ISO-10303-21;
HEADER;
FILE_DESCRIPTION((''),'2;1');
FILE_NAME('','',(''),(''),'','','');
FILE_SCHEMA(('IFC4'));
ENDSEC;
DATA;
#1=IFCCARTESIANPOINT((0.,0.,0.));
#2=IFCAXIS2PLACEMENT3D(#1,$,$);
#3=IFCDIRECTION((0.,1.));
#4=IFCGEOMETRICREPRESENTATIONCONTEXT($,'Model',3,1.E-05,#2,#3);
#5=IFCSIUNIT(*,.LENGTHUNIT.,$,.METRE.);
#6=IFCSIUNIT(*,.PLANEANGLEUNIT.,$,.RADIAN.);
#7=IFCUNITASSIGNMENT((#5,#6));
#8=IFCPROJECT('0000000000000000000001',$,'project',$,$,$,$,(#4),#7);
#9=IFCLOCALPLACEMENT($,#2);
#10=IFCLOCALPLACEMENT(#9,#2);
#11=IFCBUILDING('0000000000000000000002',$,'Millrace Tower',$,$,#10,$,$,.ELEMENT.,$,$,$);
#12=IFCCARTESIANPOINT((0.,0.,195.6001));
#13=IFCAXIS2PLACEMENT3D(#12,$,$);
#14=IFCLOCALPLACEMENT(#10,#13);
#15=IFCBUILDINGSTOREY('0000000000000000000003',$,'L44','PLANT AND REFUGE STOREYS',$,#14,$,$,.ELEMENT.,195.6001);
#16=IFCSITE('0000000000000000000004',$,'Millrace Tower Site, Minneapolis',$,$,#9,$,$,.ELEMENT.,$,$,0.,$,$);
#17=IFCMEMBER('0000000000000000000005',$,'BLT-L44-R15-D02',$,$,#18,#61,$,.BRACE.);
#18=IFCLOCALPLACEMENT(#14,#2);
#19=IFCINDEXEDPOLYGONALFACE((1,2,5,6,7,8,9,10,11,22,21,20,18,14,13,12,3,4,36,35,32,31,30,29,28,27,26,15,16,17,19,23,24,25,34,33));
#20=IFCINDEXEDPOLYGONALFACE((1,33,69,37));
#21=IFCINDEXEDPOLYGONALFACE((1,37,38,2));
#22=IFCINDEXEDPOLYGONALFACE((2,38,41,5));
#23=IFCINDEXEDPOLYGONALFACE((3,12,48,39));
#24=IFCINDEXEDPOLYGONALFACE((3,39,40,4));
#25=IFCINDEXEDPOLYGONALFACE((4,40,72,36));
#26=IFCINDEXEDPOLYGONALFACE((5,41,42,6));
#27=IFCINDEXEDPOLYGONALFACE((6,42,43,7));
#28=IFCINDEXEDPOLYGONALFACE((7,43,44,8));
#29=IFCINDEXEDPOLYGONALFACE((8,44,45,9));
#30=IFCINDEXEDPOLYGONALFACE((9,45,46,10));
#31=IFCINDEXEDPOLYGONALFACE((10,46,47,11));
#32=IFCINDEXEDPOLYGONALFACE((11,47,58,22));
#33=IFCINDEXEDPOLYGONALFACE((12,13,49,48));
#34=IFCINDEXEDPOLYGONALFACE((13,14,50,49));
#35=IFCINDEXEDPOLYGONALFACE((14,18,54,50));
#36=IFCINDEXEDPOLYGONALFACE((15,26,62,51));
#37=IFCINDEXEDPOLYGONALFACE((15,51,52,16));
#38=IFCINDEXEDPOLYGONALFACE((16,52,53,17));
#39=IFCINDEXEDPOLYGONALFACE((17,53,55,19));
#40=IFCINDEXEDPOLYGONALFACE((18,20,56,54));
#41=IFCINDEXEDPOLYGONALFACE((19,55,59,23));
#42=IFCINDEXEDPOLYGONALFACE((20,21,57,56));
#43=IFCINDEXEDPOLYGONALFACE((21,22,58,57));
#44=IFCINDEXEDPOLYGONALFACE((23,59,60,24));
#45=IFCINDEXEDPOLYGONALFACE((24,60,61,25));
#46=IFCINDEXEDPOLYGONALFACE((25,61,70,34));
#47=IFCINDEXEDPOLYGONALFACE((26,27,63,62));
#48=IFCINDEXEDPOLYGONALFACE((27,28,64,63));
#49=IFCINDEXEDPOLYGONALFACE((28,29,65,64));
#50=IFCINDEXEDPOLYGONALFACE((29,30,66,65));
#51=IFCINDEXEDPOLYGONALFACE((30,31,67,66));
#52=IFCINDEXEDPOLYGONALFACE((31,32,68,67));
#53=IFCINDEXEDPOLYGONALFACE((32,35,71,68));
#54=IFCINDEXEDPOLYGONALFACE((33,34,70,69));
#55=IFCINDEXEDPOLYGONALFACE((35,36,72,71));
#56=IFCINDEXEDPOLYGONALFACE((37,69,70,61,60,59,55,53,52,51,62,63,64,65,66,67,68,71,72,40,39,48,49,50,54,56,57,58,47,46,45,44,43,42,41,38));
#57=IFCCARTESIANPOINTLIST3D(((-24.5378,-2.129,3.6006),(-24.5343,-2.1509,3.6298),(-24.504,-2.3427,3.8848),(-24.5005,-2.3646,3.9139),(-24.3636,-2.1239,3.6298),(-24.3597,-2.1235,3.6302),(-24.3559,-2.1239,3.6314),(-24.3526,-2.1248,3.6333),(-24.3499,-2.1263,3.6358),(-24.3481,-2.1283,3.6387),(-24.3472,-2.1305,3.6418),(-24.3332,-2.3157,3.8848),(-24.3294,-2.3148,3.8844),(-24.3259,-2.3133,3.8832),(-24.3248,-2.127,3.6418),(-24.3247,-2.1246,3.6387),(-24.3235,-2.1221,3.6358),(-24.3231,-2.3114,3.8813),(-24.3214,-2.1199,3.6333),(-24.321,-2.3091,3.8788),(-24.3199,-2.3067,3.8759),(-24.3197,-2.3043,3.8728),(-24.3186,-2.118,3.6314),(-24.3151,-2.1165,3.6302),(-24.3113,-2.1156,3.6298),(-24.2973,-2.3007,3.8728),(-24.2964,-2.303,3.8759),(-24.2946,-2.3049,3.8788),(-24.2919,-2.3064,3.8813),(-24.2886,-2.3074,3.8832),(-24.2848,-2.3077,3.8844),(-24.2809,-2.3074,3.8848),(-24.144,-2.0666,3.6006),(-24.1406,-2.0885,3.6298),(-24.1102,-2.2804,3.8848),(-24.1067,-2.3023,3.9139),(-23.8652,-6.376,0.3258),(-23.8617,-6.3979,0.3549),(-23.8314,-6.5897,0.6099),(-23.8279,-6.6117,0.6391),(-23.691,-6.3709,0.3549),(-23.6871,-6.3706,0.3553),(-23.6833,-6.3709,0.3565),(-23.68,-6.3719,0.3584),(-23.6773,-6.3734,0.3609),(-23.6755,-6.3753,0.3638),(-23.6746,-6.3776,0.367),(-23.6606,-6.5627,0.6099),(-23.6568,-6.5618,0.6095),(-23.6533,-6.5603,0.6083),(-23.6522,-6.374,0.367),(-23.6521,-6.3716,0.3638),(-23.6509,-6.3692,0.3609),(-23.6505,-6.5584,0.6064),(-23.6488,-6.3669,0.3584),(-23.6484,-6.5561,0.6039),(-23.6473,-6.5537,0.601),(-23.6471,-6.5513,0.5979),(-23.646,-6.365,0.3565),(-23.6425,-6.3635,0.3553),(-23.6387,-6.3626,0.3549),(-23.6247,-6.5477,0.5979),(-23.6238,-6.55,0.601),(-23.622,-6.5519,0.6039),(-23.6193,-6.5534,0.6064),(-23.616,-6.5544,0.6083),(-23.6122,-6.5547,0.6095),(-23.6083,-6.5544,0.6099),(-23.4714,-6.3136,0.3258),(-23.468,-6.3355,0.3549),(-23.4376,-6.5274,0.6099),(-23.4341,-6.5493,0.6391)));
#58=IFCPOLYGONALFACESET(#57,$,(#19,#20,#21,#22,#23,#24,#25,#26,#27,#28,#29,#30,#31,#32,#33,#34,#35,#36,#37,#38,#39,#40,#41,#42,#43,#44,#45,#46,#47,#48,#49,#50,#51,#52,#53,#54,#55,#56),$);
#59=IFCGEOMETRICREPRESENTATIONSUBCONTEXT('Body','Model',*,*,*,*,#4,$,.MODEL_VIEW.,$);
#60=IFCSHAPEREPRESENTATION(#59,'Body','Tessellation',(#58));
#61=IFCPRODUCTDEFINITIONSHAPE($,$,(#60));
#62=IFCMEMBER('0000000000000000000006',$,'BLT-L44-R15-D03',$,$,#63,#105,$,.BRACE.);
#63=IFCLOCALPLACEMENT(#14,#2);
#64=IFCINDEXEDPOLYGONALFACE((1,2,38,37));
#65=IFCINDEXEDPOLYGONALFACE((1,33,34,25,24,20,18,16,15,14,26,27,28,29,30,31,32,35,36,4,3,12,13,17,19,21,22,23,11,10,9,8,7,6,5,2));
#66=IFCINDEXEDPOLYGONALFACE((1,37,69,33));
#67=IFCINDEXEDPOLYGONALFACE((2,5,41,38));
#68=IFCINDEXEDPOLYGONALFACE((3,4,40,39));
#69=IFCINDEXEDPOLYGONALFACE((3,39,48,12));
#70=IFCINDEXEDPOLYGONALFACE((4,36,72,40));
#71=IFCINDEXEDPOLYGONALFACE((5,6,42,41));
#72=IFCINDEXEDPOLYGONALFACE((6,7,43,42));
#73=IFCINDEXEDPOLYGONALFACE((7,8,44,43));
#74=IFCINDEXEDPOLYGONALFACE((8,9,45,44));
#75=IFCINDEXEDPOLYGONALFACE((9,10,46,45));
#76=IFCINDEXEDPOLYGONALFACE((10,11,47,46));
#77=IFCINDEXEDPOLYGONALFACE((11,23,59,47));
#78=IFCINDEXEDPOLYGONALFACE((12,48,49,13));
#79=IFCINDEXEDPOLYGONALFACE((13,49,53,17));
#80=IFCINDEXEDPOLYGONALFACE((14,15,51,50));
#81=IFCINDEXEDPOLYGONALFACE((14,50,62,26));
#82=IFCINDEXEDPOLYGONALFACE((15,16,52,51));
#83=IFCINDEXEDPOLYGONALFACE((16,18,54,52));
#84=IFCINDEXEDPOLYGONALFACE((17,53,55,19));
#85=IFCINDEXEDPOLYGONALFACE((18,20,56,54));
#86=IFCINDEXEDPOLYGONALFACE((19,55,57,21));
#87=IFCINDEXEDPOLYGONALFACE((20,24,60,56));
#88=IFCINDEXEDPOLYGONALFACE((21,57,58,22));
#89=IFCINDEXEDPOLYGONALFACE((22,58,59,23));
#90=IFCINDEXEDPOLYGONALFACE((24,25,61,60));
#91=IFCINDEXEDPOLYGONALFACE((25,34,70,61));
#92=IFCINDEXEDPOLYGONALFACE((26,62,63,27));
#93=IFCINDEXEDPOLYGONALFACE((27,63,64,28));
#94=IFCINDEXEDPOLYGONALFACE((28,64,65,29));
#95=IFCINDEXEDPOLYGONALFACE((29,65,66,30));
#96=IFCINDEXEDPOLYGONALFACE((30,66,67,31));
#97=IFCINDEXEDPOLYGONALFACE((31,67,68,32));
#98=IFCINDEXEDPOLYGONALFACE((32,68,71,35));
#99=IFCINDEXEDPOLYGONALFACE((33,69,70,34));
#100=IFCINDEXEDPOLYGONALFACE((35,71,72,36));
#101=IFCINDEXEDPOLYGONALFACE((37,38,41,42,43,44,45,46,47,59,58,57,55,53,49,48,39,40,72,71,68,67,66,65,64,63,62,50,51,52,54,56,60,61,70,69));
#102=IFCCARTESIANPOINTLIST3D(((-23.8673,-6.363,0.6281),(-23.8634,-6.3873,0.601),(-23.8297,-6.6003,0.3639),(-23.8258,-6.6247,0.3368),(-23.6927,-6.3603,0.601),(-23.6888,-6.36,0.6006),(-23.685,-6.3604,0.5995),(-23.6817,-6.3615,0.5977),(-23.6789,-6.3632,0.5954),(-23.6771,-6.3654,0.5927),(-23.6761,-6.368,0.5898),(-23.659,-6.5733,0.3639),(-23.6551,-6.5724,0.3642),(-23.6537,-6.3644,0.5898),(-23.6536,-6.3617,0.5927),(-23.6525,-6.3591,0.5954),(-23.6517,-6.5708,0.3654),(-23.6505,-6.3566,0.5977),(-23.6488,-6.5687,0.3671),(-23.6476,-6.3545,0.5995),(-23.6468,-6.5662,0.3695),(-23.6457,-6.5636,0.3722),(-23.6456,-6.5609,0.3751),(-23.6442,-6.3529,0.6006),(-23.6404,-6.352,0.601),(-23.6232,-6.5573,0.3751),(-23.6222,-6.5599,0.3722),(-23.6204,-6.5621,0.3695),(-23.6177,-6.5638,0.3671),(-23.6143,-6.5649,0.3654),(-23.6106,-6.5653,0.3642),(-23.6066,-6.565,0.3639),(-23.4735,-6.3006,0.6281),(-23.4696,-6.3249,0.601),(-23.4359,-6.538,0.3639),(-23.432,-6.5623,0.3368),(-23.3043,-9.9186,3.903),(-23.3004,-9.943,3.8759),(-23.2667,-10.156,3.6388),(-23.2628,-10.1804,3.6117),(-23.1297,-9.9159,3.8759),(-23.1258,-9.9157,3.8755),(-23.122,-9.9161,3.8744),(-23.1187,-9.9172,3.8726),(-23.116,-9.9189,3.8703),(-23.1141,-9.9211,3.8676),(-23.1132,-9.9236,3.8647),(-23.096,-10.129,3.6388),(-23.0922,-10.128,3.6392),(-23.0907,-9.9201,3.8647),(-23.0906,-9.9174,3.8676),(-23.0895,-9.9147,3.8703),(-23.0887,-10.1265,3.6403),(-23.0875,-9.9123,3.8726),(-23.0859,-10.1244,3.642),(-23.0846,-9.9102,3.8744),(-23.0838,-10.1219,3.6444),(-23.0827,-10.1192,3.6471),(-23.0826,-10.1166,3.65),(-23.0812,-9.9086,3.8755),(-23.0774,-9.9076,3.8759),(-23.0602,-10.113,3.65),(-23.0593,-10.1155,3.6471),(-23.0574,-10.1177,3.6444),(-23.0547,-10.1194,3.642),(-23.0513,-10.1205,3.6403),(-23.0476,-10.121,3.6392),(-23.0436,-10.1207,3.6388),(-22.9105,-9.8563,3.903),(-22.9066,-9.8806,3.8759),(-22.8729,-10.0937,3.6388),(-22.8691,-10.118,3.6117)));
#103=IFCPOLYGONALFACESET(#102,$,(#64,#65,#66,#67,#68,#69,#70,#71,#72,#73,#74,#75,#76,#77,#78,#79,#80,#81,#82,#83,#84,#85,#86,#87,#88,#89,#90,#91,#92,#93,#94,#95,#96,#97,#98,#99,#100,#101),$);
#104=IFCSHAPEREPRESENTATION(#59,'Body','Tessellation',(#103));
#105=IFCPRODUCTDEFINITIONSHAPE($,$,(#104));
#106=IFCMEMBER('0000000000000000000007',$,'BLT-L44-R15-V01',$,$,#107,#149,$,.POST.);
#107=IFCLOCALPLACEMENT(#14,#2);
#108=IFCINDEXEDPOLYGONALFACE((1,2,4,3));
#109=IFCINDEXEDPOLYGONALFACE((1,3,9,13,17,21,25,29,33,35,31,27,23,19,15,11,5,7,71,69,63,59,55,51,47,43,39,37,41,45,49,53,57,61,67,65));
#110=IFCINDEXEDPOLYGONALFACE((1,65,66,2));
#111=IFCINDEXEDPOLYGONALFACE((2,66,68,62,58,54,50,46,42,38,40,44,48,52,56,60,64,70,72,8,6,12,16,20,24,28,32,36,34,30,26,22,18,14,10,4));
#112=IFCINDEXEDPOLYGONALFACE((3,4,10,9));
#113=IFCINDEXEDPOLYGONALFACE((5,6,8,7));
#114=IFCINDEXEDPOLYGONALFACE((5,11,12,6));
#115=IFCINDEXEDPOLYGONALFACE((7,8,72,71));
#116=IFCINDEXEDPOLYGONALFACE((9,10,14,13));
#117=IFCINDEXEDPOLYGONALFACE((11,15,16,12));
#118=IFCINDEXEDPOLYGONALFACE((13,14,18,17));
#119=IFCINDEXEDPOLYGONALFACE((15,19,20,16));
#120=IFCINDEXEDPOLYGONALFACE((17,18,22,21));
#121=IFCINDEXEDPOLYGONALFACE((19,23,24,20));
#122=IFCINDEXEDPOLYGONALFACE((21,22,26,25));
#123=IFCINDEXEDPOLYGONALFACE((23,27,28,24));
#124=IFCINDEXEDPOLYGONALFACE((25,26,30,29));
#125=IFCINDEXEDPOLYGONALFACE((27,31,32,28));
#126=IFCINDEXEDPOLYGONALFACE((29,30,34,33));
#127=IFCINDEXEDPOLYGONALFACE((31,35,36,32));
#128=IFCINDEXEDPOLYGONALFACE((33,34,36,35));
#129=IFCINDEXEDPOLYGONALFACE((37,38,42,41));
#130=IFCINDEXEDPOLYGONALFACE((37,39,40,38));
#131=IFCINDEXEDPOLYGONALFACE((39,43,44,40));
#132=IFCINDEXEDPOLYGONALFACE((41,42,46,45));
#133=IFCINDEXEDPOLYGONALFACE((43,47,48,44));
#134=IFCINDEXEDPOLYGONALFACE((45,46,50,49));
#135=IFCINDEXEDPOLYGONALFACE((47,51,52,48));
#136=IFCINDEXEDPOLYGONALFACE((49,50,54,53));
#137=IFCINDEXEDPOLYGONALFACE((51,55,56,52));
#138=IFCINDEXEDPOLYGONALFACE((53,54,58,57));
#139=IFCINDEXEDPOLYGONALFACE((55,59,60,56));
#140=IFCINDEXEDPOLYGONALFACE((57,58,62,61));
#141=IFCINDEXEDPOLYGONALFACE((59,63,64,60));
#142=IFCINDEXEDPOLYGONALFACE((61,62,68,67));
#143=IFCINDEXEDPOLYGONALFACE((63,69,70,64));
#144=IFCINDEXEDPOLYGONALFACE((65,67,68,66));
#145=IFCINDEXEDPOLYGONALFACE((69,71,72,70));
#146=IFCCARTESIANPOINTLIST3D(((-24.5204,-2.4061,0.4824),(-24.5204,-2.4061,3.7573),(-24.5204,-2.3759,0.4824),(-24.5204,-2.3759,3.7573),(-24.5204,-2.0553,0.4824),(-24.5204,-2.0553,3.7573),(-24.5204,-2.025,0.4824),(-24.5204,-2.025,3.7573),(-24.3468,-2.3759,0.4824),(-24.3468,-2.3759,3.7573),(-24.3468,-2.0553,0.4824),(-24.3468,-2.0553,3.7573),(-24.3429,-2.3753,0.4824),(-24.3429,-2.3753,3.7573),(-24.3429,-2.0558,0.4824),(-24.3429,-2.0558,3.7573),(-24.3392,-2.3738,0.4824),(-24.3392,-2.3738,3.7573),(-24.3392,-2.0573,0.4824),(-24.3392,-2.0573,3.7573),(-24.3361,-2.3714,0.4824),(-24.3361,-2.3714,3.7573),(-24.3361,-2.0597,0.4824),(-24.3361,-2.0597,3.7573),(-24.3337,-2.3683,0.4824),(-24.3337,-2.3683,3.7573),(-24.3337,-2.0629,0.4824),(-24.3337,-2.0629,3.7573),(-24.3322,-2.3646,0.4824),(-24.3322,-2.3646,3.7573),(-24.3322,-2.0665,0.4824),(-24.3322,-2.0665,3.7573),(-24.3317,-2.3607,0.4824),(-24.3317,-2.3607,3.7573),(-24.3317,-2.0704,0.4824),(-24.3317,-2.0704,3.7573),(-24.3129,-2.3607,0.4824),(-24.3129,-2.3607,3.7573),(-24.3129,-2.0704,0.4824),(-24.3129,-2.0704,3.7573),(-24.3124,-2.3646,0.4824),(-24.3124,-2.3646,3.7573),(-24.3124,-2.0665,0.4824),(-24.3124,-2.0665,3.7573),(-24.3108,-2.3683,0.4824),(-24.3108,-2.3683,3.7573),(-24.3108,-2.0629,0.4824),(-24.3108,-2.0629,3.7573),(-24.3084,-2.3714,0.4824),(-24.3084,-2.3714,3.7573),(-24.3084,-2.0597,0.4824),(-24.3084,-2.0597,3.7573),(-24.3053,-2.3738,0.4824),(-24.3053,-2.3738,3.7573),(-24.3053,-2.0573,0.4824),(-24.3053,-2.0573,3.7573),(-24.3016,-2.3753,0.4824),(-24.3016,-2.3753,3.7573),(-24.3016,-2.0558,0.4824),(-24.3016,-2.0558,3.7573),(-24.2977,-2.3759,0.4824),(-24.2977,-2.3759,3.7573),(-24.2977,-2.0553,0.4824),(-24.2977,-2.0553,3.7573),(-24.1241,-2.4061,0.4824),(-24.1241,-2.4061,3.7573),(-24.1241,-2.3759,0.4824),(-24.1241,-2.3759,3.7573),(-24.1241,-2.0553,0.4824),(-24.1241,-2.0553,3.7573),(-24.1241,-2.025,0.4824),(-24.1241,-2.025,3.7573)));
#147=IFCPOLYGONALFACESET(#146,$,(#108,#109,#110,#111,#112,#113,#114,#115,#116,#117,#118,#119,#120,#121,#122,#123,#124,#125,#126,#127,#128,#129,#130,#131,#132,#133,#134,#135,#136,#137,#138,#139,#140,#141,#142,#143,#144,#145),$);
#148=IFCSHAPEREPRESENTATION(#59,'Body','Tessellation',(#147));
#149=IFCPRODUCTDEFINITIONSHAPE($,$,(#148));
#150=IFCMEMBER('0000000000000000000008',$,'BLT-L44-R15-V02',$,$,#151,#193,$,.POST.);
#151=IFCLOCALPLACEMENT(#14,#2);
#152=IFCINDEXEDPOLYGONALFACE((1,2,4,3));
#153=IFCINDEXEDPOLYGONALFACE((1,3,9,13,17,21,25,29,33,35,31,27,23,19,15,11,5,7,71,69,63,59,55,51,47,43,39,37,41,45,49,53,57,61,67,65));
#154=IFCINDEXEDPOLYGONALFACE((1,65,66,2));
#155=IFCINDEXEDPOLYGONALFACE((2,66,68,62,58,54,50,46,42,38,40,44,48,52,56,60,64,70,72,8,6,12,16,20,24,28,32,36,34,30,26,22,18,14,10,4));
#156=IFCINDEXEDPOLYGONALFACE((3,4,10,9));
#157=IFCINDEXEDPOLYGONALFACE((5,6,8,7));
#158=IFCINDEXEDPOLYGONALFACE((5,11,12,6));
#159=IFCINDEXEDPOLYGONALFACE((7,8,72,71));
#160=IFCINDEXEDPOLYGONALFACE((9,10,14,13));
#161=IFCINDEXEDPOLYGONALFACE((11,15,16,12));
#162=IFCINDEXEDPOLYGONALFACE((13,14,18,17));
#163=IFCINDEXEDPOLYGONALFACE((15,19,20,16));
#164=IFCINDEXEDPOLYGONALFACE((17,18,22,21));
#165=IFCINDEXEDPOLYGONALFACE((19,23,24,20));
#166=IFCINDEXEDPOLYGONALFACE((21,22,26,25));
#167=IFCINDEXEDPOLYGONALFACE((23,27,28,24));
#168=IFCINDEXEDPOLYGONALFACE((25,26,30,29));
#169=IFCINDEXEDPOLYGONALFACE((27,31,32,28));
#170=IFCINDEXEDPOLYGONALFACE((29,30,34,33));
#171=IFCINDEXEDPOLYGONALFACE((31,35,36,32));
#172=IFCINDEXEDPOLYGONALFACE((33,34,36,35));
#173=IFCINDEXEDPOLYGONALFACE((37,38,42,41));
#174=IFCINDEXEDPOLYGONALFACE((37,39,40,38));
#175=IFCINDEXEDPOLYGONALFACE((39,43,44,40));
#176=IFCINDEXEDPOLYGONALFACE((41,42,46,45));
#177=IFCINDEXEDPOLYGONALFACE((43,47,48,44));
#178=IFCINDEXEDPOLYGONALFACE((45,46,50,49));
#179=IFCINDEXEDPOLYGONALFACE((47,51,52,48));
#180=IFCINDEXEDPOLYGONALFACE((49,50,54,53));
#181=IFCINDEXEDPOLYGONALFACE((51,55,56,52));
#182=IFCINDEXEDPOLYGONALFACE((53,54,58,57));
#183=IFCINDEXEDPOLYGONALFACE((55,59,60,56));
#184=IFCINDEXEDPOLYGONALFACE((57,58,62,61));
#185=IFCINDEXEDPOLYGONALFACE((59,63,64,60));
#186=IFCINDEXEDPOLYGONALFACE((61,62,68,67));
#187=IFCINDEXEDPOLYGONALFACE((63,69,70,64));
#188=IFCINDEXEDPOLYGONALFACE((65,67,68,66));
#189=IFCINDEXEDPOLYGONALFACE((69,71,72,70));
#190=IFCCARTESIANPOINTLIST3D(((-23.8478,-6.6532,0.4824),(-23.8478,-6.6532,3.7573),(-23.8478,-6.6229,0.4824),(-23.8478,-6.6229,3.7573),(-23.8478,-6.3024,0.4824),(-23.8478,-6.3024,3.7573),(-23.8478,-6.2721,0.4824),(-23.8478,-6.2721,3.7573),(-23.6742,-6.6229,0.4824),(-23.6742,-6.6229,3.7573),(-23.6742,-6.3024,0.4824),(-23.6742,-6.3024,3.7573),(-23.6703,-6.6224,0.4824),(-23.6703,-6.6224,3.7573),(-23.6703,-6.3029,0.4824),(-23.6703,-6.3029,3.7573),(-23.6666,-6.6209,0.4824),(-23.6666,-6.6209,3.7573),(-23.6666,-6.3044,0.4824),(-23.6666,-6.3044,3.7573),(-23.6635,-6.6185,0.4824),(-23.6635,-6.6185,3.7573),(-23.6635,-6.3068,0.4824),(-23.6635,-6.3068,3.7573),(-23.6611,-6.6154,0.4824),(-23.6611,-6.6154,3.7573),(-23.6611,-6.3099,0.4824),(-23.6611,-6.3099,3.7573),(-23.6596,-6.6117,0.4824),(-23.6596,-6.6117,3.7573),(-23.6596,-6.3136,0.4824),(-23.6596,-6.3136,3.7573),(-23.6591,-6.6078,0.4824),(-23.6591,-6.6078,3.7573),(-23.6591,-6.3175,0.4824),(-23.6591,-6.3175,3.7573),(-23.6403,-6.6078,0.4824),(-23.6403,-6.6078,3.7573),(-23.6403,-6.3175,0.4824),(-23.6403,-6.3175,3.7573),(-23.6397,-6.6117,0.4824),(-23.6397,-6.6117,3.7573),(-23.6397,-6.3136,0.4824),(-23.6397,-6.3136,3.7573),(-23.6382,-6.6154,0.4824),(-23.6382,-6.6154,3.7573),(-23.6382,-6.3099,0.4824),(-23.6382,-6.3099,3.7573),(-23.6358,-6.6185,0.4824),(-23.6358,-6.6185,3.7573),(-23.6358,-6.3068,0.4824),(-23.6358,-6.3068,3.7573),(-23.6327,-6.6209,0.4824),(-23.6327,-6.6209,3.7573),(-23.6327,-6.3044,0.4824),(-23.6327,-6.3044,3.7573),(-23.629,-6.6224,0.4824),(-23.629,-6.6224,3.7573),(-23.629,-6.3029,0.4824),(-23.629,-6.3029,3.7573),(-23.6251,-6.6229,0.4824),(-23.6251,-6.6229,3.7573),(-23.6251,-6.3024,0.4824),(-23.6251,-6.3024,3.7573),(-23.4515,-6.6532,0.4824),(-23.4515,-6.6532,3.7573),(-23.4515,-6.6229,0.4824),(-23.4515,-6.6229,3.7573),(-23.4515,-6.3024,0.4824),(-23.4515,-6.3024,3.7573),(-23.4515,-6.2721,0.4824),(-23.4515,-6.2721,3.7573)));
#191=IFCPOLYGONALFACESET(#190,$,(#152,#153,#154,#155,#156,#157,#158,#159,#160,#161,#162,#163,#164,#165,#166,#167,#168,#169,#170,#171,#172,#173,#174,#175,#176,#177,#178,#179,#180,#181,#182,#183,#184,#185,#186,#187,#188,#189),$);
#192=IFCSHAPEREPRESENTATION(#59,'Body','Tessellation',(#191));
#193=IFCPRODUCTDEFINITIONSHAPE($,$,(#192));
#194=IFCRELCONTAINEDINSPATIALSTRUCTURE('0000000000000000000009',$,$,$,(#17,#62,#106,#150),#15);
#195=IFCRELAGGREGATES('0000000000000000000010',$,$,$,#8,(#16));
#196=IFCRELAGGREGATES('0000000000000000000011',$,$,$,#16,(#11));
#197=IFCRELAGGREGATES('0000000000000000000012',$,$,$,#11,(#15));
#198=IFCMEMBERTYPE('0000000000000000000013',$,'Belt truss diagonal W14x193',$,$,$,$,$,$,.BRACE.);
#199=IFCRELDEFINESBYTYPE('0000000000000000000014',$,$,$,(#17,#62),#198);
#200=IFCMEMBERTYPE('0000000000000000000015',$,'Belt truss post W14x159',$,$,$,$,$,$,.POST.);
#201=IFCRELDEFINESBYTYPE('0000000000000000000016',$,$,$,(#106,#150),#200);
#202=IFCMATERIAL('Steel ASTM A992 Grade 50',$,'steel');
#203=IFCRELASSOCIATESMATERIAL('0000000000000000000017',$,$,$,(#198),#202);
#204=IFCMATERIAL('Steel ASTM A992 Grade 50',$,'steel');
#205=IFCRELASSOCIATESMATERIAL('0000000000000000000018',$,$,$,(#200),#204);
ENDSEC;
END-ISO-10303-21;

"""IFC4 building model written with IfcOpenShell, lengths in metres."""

from ifc_helpers import new_model, si_unit, direction, frame, origin, origin_2d, place, context, subcontext, project, spatial, i_section, extrude, material, material_profile, profile_set, type_object, element, save


model = new_model("IFC4")

# Units and contexts
model_context = context("Model", 3, precision=1e-05, world=origin(), true_north=direction((0.0, 1.0)))
body_context = subcontext(model_context, "Body", "Model", "MODEL_VIEW")
ifc_project = project(units=[si_unit("LENGTHUNIT", "METRE"), si_unit("PLANEANGLEUNIT", "RADIAN")], contexts=[model_context])

# Site, building, storey
site_placement = place(None, origin())
site = spatial("IfcSite", under=ifc_project, at=site_placement, Name="Millrace Tower Site, Minneapolis", CompositionType="ELEMENT", RefElevation=0.0)
building_placement = place(site_placement, origin())
building = spatial("IfcBuilding", under=site, at=building_placement, Name="Millrace Tower", CompositionType="ELEMENT")
storey_placement = place(building_placement, frame((0.0, 0.0, 195.6001)))
storey = spatial("IfcBuildingStorey", under=building, at=storey_placement, Name="L44", Description="PLANT AND REFUGE STOREYS", CompositionType="ELEMENT", Elevation=195.6001)

# Members
ifc_material_1 = material(Name="Steel ASTM A992 Grade 50", Category="steel")
ifc_material_profile_1 = material_profile(ifc_material_1, i_section(OverallWidth=0.3987, OverallDepth=0.3938, WebThickness=0.0227, FlangeThickness=0.0366, FilletRadius=0.0151, at=origin_2d()))
ifc_profile_set_1 = profile_set([ifc_material_profile_1], Name="Steel ASTM A992 Grade 50")
member_type_1 = type_object("IfcMemberType", Name="Belt truss diagonal W14x193", PredefinedType="BRACE", material=ifc_profile_set_1)
member_1_placement = place(storey_placement, frame((-23.6497, -6.4626, 0.4824), z_axis=(-0.12444, 0.785754, 0.605892), x_axis=(-0.987691, -0.15642, 0.0)))
element("IfcMember", 1, at=member_1_placement, inside=storey, type_object=member_type_1, Name="BLT-L44-R15-D02", PredefinedType="BRACE", context=body_context, shape_type="SweptSolid", body=[
    extrude(i_section(OverallWidth=0.3987, OverallDepth=0.3938, WebThickness=0.0227, FlangeThickness=0.0366, FilletRadius=0.0151, at=origin_2d()), origin(), (0.0, 0.0, 1.0), 5.405),
])
member_2_placement = place(storey_placement, frame((-23.6497, -6.4626, 0.4824), z_axis=(0.115682, -0.730612, 0.672922), x_axis=(0.987696, 0.156387, 0.0)))
element("IfcMember", 2, at=member_2_placement, inside=storey, type_object=member_type_1, Name="BLT-L44-R15-D03", PredefinedType="BRACE", context=body_context, shape_type="SweptSolid", body=[
    extrude(i_section(OverallWidth=0.3987, OverallDepth=0.3938, WebThickness=0.0227, FlangeThickness=0.0366, FilletRadius=0.0151, at=origin_2d()), origin(), (0.0, 0.0, 1.0), 4.8667),
])
ifc_material_2 = material(Name="Steel ASTM A992 Grade 50", Category="steel")
ifc_material_profile_2 = material_profile(ifc_material_2, i_section(OverallWidth=0.3962, OverallDepth=0.3811, WebThickness=0.0188, FlangeThickness=0.0303, FilletRadius=0.0151, at=origin_2d()))
ifc_profile_set_2 = profile_set([ifc_material_profile_2], Name="Steel ASTM A992 Grade 50")
member_type_2 = type_object("IfcMemberType", Name="Belt truss post W14x159", PredefinedType="POST", material=ifc_profile_set_2)
for number, where, z_axis, x_axis, name in (
    (3, (-24.3223, -2.2156, 0.4824), (0.0, 0.0, 1.0), (1.0, 0.0, 0.0), "BLT-L44-R15-V01"),
    (4, (-23.6497, -6.4626, 0.4824), (0.0, 0.0, 1.0), (1.0, 0.0, 0.0), "BLT-L44-R15-V02"),
):
    element("IfcMember", number, at=place(storey_placement, frame(where, z_axis=z_axis, x_axis=x_axis)), inside=storey, type_object=member_type_2, Name=name, PredefinedType="POST", context=body_context, shape_type="SweptSolid", body=[
        extrude(i_section(OverallWidth=0.3962, OverallDepth=0.3811, WebThickness=0.0188, FlangeThickness=0.0303, FilletRadius=0.0151, at=origin_2d()), origin(), (0.0, 0.0, 1.0), 3.2749),
    ])

save(model, "model.ifc")
